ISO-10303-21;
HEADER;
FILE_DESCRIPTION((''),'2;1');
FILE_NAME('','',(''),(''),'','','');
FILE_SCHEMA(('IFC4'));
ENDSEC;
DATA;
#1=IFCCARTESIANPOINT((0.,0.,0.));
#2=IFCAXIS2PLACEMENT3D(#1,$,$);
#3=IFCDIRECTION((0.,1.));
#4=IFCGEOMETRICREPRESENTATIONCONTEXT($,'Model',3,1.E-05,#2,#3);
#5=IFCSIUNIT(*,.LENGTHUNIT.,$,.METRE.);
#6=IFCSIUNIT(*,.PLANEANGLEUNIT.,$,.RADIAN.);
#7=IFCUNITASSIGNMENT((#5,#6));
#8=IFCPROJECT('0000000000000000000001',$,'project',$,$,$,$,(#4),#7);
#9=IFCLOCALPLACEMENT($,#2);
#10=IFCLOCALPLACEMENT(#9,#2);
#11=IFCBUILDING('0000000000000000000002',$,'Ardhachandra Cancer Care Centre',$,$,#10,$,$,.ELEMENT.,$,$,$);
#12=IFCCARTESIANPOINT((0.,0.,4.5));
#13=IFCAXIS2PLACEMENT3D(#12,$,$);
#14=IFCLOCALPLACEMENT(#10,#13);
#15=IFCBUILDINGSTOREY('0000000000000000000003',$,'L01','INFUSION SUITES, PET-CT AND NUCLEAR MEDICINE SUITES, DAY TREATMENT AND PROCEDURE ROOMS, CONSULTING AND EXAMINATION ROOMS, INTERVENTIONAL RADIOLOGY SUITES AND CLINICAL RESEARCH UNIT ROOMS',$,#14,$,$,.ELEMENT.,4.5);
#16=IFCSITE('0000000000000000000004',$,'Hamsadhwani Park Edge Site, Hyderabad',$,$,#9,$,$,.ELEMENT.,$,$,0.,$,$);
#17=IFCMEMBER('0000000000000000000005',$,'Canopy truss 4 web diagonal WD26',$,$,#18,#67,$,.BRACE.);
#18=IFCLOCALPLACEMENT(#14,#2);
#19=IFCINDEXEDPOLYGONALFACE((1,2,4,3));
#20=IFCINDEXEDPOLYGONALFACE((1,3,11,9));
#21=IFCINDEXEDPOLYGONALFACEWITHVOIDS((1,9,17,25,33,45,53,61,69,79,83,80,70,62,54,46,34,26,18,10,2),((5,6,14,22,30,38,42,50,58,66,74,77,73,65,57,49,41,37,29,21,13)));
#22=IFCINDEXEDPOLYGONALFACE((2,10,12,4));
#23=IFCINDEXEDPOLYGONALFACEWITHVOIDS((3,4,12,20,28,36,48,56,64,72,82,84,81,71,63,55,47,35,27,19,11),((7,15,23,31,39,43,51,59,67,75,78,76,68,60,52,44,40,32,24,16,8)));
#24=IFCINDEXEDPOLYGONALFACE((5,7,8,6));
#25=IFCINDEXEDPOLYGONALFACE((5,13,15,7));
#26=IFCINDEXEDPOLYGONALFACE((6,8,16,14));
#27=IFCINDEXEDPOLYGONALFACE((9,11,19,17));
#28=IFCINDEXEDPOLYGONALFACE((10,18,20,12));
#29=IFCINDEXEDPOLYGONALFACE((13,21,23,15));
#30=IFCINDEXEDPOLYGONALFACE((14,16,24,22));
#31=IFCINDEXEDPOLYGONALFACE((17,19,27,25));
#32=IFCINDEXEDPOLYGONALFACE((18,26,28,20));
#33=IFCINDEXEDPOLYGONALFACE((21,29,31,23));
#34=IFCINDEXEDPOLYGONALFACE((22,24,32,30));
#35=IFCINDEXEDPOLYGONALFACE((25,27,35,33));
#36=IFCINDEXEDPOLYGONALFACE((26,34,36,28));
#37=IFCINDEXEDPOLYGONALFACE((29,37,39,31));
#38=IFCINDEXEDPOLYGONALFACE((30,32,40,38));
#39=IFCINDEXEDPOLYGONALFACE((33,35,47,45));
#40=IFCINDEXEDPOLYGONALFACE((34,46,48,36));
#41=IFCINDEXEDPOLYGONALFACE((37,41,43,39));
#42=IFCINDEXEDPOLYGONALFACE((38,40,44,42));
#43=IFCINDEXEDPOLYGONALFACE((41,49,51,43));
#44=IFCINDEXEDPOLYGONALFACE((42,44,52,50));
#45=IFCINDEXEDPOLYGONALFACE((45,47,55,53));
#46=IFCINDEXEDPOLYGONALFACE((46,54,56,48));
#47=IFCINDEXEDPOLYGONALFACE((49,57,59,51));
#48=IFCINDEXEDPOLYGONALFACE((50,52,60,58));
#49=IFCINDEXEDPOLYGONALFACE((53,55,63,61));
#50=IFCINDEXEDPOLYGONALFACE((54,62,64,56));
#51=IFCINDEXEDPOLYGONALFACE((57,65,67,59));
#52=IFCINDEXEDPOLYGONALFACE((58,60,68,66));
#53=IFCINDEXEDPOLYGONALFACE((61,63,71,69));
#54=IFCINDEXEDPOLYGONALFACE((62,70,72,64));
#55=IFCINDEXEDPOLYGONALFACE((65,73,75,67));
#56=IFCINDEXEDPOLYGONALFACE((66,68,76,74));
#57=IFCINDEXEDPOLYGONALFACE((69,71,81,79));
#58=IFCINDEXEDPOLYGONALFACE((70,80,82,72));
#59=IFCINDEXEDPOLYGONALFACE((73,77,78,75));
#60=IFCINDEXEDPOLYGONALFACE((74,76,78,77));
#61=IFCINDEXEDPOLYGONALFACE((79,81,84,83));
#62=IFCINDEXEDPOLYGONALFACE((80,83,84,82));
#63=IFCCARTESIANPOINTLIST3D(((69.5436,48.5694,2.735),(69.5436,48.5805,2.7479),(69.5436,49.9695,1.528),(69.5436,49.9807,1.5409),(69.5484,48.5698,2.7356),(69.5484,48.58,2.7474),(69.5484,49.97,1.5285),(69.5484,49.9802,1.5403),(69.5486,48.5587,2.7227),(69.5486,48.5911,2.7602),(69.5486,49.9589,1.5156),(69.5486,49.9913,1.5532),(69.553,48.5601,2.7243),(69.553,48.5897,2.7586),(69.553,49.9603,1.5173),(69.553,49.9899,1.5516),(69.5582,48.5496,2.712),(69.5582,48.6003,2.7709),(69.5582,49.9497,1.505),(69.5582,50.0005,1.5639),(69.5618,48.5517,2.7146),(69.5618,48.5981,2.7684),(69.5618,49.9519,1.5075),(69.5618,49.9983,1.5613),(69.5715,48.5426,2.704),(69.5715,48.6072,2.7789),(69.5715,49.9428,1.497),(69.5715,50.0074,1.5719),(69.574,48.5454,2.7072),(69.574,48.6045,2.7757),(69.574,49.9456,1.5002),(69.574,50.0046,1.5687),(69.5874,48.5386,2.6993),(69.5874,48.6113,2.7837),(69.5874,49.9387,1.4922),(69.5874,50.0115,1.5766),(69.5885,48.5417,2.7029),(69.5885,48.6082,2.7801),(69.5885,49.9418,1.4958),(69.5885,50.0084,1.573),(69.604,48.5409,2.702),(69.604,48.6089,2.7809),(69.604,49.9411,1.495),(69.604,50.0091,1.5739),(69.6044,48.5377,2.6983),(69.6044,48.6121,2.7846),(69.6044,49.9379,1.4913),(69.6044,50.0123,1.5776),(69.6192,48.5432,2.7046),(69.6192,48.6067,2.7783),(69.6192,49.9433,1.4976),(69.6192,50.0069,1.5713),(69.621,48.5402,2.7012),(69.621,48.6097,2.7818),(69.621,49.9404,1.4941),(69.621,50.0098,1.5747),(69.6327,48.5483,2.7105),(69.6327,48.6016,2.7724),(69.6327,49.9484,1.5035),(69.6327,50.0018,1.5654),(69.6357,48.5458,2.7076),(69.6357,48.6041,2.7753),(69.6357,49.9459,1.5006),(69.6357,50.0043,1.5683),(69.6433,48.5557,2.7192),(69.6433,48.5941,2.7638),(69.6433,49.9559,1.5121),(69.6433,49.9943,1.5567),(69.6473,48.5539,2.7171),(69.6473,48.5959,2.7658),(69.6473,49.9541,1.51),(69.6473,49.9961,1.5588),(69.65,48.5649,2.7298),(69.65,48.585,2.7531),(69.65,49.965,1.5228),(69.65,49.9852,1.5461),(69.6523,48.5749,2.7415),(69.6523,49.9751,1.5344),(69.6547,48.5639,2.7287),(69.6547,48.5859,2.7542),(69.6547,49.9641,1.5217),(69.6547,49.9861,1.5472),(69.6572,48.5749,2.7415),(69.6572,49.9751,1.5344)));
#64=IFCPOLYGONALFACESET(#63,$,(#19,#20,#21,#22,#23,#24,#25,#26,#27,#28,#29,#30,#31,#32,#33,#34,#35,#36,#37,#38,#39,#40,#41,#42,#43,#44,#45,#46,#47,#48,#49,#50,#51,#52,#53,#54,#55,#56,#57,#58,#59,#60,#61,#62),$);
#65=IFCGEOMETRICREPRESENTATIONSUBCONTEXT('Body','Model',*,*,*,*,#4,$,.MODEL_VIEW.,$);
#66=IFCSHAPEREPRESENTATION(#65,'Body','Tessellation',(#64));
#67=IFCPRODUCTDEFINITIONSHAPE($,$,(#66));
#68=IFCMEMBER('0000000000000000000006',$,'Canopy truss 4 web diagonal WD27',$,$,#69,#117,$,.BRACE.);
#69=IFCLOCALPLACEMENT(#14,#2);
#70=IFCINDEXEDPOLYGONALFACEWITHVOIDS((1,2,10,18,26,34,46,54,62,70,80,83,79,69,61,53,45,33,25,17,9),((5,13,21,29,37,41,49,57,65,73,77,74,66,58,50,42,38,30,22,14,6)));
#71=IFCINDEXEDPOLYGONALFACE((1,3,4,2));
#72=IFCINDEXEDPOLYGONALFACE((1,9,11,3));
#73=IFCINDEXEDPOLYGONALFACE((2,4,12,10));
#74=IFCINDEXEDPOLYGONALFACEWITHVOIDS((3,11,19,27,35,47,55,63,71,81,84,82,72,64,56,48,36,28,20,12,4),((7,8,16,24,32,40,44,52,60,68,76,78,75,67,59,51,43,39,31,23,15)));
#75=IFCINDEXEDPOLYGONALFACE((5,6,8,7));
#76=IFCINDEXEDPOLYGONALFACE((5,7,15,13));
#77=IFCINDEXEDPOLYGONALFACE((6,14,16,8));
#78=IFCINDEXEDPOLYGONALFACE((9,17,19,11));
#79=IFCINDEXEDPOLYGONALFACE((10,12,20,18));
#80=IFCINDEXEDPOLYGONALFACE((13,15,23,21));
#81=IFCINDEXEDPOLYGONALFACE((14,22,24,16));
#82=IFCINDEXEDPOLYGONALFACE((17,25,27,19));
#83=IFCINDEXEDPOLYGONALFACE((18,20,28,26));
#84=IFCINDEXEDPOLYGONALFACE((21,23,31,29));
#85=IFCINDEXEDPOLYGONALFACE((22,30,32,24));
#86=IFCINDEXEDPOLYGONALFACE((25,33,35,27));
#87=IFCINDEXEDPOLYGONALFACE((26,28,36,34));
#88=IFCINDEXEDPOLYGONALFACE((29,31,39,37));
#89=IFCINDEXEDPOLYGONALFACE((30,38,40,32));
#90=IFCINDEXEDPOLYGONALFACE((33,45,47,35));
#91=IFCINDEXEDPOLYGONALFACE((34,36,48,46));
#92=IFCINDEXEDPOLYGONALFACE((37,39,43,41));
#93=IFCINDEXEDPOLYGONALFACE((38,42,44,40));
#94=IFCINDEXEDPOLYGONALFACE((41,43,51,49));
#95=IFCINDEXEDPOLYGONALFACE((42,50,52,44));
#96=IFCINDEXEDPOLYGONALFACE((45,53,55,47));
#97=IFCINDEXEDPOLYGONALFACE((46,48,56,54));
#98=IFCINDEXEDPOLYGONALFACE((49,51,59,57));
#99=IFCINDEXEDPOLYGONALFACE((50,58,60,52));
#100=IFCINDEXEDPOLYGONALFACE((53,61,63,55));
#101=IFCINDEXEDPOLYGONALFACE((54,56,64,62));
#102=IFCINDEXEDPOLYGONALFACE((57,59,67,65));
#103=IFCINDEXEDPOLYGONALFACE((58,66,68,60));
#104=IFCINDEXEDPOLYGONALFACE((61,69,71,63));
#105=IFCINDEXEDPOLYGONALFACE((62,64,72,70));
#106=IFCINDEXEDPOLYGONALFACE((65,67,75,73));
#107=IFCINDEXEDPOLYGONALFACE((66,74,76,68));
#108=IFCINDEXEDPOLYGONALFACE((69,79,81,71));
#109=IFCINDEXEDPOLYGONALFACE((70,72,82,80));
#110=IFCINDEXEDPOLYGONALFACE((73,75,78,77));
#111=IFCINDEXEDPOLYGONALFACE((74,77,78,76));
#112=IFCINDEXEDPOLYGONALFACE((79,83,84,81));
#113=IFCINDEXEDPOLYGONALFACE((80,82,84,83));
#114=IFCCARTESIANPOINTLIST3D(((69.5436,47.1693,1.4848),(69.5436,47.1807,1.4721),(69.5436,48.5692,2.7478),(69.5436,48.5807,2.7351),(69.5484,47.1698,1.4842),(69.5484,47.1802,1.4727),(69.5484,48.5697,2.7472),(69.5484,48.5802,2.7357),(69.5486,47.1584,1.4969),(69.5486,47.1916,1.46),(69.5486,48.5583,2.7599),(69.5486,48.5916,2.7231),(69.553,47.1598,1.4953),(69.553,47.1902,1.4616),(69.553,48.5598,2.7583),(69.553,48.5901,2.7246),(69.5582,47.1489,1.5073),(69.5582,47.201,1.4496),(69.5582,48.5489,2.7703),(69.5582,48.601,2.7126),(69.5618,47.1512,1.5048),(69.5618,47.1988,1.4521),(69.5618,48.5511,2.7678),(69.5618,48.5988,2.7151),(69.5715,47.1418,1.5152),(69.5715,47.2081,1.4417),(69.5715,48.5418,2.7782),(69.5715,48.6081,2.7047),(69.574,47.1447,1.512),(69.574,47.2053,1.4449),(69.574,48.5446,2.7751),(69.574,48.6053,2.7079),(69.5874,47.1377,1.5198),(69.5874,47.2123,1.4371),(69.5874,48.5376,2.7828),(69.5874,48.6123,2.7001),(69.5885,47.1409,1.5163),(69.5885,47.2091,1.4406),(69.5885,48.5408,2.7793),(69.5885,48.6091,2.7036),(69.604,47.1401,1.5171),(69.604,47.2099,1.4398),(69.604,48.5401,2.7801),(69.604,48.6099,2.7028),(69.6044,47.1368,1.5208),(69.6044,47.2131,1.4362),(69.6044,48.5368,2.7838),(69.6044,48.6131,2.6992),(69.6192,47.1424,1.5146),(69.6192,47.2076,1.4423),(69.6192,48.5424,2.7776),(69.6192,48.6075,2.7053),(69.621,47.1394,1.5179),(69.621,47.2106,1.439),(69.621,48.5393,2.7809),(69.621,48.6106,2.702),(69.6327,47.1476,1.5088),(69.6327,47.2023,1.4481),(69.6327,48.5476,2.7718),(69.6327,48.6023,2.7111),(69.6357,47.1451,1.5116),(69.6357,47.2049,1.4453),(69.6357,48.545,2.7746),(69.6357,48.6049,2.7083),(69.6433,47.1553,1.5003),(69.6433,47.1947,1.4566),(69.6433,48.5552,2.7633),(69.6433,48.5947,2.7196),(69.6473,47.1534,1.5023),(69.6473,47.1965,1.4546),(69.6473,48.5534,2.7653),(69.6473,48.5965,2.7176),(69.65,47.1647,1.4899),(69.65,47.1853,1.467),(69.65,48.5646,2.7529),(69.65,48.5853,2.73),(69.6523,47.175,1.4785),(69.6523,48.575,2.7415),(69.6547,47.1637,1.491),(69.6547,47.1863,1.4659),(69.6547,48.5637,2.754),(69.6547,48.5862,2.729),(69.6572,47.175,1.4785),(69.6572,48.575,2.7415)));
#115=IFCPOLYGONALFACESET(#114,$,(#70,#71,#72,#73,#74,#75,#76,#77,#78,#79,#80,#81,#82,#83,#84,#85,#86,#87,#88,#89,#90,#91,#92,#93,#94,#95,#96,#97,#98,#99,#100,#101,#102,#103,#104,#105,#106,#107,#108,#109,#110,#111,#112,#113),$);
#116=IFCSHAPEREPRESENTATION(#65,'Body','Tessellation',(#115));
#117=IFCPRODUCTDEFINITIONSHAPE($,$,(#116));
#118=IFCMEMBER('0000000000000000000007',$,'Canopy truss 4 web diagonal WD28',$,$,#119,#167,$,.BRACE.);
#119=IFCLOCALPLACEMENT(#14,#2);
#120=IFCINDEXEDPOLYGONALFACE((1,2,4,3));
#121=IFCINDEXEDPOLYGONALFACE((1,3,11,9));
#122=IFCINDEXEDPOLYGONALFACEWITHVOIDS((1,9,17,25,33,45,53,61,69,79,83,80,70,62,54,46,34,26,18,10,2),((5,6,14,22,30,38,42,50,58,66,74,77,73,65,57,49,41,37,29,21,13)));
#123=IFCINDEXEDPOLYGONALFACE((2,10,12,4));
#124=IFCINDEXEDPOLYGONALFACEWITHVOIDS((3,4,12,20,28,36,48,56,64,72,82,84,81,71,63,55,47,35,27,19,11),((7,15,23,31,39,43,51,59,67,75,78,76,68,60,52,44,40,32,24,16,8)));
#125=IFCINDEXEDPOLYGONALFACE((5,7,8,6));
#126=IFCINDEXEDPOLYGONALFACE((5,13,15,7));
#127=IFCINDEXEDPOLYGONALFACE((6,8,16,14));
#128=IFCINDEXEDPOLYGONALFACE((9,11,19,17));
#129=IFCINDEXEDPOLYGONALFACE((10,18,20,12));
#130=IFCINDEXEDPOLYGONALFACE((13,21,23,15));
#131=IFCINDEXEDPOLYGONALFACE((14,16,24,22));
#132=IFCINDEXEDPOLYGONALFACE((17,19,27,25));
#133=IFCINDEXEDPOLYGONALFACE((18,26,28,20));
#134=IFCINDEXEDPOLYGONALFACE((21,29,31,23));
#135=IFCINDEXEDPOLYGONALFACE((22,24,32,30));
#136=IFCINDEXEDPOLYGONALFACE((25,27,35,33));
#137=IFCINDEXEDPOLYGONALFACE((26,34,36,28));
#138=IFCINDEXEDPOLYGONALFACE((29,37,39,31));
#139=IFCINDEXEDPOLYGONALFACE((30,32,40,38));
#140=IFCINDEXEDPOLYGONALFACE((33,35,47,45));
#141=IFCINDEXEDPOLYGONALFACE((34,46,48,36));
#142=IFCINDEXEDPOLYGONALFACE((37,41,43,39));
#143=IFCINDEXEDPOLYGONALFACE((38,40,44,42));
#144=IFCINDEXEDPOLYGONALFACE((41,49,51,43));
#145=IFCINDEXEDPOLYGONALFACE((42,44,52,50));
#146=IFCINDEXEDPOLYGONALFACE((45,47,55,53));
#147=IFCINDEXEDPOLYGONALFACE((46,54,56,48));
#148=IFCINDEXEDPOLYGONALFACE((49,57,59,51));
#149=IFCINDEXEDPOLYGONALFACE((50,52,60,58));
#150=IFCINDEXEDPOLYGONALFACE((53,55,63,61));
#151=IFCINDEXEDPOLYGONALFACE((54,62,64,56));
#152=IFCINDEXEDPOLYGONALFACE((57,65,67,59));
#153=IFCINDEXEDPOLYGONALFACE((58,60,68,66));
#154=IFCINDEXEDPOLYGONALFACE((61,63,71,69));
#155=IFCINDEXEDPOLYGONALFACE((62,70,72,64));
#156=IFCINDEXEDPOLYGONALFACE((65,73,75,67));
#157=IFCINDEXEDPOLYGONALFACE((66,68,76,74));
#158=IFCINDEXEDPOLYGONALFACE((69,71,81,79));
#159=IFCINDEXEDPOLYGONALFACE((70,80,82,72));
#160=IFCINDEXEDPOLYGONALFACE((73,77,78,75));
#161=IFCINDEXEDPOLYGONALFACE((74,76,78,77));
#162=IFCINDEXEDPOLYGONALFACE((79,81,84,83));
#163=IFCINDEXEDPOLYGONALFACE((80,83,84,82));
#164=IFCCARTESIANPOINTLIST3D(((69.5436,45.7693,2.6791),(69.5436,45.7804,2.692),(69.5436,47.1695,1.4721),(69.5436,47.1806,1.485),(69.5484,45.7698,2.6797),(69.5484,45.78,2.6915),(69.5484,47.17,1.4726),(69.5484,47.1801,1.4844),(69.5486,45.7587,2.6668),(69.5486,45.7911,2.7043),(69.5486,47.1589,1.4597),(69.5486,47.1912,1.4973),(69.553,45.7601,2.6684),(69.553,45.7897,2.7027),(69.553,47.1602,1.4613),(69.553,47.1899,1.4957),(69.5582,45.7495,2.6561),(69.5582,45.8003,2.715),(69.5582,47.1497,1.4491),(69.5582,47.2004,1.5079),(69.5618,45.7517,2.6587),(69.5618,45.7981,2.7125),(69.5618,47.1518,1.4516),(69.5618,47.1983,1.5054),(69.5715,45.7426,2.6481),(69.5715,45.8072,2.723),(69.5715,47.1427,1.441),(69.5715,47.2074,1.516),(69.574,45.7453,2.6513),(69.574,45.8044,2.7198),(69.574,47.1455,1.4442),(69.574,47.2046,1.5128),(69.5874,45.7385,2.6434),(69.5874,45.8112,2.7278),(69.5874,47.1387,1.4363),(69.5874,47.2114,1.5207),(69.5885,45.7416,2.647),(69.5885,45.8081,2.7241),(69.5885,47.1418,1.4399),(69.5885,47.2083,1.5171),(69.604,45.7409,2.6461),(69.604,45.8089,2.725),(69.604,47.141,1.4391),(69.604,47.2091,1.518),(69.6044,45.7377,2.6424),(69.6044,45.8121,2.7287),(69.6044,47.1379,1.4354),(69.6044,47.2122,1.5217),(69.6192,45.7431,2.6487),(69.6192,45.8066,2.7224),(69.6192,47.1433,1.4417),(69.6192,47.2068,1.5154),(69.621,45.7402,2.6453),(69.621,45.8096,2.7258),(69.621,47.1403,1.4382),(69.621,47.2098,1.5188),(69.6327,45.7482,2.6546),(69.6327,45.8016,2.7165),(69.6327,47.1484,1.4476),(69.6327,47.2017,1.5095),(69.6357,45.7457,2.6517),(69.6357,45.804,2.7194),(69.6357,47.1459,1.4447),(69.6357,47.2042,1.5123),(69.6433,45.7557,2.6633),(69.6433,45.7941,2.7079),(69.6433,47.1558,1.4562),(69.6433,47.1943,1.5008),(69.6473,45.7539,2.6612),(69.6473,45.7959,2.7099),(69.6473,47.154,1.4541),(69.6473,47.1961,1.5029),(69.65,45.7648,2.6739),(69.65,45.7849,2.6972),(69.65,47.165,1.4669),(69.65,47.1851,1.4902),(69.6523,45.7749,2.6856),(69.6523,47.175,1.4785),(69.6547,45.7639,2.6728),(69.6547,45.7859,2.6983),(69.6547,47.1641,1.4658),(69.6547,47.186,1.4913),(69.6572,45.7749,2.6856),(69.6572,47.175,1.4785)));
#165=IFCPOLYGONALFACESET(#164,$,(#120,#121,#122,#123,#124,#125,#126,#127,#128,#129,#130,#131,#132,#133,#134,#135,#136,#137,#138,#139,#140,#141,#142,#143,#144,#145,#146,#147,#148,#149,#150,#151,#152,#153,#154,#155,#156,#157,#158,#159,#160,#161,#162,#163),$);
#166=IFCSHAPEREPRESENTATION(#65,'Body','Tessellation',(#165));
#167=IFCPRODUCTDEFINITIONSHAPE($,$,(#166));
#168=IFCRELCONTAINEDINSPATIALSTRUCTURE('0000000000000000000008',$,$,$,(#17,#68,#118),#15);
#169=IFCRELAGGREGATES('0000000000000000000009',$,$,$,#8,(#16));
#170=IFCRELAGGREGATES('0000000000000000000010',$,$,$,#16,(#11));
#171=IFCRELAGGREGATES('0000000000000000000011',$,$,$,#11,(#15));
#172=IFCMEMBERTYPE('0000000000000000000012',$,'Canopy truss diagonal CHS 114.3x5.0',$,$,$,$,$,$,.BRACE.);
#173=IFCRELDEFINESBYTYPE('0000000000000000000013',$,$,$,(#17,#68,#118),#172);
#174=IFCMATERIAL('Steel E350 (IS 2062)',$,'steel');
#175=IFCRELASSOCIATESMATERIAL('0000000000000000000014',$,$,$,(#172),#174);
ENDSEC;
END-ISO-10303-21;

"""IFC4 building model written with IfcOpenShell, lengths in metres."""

from ifc_helpers import new_model, si_unit, direction, frame, origin, origin_2d, place, context, subcontext, project, spatial, hollow_circle, extrude, material, material_profile, profile_set, type_object, element, save


model = new_model("IFC4")

# Units and contexts
model_context = context("Model", 3, precision=1e-05, world=origin(), true_north=direction((0.0, 1.0)))
body_context = subcontext(model_context, "Body", "Model", "MODEL_VIEW")
ifc_project = project(units=[si_unit("LENGTHUNIT", "METRE"), si_unit("PLANEANGLEUNIT", "RADIAN")], contexts=[model_context])

# Site, building, storey
site_placement = place(None, origin())
site = spatial("IfcSite", under=ifc_project, at=site_placement, Name="Hamsadhwani Park Edge Site, Hyderabad", CompositionType="ELEMENT", RefElevation=0.0)
building_placement = place(site_placement, origin())
building = spatial("IfcBuilding", under=site, at=building_placement, Name="Ardhachandra Cancer Care Centre", CompositionType="ELEMENT")
storey_placement = place(building_placement, frame((0.0, 0.0, 4.5)))
storey = spatial("IfcBuildingStorey", under=building, at=storey_placement, Name="L01", Description="INFUSION SUITES, PET-CT AND NUCLEAR MEDICINE SUITES, DAY TREATMENT AND PROCEDURE ROOMS, CONSULTING AND EXAMINATION ROOMS, INTERVENTIONAL RADIOLOGY SUITES AND CLINICAL RESEARCH UNIT ROOMS", CompositionType="ELEMENT", Elevation=4.5)

# Members
ifc_material_1 = material(Name="Steel E350 (IS 2062)", Category="steel")
ifc_material_profile_1 = material_profile(ifc_material_1, hollow_circle(Radius=0.0571, WallThickness=0.0049, at=origin_2d()), Name="CHS 114.3x5.0")
ifc_profile_set_1 = profile_set([ifc_material_profile_1], Name="Steel E350 (IS 2062)")
member_type_1 = type_object("IfcMemberType", Name="Canopy truss diagonal CHS 114.3x5.0", PredefinedType="BRACE", material=ifc_profile_set_1)
member_1_placement = place(storey_placement, frame((69.6001, 49.9751, 1.5344), z_axis=(0.0, -0.757408, 0.652942), x_axis=(1.0, 0.0, 0.0)))
element("IfcMember", 1, at=member_1_placement, inside=storey, type_object=member_type_1, Name="Canopy truss 4 web diagonal WD26", PredefinedType="BRACE", context=body_context, shape_type="SweptSolid", body=[
    extrude(hollow_circle(Radius=0.0571, WallThickness=0.0049, at=origin_2d()), origin(), (0.0, 0.0, 1.0), 1.8486),
])
member_2_placement = place(storey_placement, frame((69.6001, 48.575, 2.7415), z_axis=(0.0, -0.742495, -0.669851), x_axis=(1.0, 0.0, 0.0)))
element("IfcMember", 2, at=member_2_placement, inside=storey, type_object=member_type_1, Name="Canopy truss 4 web diagonal WD27", PredefinedType="BRACE", context=body_context, shape_type="SweptSolid", body=[
    extrude(hollow_circle(Radius=0.0571, WallThickness=0.0049, at=origin_2d()), origin(), (0.0, 0.0, 1.0), 1.8855),
])
member_3_placement = place(storey_placement, frame((69.6001, 47.175, 1.4785), z_axis=(0.0, -0.757408, 0.652942), x_axis=(1.0, 0.0, 0.0)))
element("IfcMember", 3, at=member_3_placement, inside=storey, type_object=member_type_1, Name="Canopy truss 4 web diagonal WD28", PredefinedType="BRACE", context=body_context, shape_type="SweptSolid", body=[
    extrude(hollow_circle(Radius=0.0571, WallThickness=0.0049, at=origin_2d()), origin(), (0.0, 0.0, 1.0), 1.8486),
])

save(model, "model.ifc")
